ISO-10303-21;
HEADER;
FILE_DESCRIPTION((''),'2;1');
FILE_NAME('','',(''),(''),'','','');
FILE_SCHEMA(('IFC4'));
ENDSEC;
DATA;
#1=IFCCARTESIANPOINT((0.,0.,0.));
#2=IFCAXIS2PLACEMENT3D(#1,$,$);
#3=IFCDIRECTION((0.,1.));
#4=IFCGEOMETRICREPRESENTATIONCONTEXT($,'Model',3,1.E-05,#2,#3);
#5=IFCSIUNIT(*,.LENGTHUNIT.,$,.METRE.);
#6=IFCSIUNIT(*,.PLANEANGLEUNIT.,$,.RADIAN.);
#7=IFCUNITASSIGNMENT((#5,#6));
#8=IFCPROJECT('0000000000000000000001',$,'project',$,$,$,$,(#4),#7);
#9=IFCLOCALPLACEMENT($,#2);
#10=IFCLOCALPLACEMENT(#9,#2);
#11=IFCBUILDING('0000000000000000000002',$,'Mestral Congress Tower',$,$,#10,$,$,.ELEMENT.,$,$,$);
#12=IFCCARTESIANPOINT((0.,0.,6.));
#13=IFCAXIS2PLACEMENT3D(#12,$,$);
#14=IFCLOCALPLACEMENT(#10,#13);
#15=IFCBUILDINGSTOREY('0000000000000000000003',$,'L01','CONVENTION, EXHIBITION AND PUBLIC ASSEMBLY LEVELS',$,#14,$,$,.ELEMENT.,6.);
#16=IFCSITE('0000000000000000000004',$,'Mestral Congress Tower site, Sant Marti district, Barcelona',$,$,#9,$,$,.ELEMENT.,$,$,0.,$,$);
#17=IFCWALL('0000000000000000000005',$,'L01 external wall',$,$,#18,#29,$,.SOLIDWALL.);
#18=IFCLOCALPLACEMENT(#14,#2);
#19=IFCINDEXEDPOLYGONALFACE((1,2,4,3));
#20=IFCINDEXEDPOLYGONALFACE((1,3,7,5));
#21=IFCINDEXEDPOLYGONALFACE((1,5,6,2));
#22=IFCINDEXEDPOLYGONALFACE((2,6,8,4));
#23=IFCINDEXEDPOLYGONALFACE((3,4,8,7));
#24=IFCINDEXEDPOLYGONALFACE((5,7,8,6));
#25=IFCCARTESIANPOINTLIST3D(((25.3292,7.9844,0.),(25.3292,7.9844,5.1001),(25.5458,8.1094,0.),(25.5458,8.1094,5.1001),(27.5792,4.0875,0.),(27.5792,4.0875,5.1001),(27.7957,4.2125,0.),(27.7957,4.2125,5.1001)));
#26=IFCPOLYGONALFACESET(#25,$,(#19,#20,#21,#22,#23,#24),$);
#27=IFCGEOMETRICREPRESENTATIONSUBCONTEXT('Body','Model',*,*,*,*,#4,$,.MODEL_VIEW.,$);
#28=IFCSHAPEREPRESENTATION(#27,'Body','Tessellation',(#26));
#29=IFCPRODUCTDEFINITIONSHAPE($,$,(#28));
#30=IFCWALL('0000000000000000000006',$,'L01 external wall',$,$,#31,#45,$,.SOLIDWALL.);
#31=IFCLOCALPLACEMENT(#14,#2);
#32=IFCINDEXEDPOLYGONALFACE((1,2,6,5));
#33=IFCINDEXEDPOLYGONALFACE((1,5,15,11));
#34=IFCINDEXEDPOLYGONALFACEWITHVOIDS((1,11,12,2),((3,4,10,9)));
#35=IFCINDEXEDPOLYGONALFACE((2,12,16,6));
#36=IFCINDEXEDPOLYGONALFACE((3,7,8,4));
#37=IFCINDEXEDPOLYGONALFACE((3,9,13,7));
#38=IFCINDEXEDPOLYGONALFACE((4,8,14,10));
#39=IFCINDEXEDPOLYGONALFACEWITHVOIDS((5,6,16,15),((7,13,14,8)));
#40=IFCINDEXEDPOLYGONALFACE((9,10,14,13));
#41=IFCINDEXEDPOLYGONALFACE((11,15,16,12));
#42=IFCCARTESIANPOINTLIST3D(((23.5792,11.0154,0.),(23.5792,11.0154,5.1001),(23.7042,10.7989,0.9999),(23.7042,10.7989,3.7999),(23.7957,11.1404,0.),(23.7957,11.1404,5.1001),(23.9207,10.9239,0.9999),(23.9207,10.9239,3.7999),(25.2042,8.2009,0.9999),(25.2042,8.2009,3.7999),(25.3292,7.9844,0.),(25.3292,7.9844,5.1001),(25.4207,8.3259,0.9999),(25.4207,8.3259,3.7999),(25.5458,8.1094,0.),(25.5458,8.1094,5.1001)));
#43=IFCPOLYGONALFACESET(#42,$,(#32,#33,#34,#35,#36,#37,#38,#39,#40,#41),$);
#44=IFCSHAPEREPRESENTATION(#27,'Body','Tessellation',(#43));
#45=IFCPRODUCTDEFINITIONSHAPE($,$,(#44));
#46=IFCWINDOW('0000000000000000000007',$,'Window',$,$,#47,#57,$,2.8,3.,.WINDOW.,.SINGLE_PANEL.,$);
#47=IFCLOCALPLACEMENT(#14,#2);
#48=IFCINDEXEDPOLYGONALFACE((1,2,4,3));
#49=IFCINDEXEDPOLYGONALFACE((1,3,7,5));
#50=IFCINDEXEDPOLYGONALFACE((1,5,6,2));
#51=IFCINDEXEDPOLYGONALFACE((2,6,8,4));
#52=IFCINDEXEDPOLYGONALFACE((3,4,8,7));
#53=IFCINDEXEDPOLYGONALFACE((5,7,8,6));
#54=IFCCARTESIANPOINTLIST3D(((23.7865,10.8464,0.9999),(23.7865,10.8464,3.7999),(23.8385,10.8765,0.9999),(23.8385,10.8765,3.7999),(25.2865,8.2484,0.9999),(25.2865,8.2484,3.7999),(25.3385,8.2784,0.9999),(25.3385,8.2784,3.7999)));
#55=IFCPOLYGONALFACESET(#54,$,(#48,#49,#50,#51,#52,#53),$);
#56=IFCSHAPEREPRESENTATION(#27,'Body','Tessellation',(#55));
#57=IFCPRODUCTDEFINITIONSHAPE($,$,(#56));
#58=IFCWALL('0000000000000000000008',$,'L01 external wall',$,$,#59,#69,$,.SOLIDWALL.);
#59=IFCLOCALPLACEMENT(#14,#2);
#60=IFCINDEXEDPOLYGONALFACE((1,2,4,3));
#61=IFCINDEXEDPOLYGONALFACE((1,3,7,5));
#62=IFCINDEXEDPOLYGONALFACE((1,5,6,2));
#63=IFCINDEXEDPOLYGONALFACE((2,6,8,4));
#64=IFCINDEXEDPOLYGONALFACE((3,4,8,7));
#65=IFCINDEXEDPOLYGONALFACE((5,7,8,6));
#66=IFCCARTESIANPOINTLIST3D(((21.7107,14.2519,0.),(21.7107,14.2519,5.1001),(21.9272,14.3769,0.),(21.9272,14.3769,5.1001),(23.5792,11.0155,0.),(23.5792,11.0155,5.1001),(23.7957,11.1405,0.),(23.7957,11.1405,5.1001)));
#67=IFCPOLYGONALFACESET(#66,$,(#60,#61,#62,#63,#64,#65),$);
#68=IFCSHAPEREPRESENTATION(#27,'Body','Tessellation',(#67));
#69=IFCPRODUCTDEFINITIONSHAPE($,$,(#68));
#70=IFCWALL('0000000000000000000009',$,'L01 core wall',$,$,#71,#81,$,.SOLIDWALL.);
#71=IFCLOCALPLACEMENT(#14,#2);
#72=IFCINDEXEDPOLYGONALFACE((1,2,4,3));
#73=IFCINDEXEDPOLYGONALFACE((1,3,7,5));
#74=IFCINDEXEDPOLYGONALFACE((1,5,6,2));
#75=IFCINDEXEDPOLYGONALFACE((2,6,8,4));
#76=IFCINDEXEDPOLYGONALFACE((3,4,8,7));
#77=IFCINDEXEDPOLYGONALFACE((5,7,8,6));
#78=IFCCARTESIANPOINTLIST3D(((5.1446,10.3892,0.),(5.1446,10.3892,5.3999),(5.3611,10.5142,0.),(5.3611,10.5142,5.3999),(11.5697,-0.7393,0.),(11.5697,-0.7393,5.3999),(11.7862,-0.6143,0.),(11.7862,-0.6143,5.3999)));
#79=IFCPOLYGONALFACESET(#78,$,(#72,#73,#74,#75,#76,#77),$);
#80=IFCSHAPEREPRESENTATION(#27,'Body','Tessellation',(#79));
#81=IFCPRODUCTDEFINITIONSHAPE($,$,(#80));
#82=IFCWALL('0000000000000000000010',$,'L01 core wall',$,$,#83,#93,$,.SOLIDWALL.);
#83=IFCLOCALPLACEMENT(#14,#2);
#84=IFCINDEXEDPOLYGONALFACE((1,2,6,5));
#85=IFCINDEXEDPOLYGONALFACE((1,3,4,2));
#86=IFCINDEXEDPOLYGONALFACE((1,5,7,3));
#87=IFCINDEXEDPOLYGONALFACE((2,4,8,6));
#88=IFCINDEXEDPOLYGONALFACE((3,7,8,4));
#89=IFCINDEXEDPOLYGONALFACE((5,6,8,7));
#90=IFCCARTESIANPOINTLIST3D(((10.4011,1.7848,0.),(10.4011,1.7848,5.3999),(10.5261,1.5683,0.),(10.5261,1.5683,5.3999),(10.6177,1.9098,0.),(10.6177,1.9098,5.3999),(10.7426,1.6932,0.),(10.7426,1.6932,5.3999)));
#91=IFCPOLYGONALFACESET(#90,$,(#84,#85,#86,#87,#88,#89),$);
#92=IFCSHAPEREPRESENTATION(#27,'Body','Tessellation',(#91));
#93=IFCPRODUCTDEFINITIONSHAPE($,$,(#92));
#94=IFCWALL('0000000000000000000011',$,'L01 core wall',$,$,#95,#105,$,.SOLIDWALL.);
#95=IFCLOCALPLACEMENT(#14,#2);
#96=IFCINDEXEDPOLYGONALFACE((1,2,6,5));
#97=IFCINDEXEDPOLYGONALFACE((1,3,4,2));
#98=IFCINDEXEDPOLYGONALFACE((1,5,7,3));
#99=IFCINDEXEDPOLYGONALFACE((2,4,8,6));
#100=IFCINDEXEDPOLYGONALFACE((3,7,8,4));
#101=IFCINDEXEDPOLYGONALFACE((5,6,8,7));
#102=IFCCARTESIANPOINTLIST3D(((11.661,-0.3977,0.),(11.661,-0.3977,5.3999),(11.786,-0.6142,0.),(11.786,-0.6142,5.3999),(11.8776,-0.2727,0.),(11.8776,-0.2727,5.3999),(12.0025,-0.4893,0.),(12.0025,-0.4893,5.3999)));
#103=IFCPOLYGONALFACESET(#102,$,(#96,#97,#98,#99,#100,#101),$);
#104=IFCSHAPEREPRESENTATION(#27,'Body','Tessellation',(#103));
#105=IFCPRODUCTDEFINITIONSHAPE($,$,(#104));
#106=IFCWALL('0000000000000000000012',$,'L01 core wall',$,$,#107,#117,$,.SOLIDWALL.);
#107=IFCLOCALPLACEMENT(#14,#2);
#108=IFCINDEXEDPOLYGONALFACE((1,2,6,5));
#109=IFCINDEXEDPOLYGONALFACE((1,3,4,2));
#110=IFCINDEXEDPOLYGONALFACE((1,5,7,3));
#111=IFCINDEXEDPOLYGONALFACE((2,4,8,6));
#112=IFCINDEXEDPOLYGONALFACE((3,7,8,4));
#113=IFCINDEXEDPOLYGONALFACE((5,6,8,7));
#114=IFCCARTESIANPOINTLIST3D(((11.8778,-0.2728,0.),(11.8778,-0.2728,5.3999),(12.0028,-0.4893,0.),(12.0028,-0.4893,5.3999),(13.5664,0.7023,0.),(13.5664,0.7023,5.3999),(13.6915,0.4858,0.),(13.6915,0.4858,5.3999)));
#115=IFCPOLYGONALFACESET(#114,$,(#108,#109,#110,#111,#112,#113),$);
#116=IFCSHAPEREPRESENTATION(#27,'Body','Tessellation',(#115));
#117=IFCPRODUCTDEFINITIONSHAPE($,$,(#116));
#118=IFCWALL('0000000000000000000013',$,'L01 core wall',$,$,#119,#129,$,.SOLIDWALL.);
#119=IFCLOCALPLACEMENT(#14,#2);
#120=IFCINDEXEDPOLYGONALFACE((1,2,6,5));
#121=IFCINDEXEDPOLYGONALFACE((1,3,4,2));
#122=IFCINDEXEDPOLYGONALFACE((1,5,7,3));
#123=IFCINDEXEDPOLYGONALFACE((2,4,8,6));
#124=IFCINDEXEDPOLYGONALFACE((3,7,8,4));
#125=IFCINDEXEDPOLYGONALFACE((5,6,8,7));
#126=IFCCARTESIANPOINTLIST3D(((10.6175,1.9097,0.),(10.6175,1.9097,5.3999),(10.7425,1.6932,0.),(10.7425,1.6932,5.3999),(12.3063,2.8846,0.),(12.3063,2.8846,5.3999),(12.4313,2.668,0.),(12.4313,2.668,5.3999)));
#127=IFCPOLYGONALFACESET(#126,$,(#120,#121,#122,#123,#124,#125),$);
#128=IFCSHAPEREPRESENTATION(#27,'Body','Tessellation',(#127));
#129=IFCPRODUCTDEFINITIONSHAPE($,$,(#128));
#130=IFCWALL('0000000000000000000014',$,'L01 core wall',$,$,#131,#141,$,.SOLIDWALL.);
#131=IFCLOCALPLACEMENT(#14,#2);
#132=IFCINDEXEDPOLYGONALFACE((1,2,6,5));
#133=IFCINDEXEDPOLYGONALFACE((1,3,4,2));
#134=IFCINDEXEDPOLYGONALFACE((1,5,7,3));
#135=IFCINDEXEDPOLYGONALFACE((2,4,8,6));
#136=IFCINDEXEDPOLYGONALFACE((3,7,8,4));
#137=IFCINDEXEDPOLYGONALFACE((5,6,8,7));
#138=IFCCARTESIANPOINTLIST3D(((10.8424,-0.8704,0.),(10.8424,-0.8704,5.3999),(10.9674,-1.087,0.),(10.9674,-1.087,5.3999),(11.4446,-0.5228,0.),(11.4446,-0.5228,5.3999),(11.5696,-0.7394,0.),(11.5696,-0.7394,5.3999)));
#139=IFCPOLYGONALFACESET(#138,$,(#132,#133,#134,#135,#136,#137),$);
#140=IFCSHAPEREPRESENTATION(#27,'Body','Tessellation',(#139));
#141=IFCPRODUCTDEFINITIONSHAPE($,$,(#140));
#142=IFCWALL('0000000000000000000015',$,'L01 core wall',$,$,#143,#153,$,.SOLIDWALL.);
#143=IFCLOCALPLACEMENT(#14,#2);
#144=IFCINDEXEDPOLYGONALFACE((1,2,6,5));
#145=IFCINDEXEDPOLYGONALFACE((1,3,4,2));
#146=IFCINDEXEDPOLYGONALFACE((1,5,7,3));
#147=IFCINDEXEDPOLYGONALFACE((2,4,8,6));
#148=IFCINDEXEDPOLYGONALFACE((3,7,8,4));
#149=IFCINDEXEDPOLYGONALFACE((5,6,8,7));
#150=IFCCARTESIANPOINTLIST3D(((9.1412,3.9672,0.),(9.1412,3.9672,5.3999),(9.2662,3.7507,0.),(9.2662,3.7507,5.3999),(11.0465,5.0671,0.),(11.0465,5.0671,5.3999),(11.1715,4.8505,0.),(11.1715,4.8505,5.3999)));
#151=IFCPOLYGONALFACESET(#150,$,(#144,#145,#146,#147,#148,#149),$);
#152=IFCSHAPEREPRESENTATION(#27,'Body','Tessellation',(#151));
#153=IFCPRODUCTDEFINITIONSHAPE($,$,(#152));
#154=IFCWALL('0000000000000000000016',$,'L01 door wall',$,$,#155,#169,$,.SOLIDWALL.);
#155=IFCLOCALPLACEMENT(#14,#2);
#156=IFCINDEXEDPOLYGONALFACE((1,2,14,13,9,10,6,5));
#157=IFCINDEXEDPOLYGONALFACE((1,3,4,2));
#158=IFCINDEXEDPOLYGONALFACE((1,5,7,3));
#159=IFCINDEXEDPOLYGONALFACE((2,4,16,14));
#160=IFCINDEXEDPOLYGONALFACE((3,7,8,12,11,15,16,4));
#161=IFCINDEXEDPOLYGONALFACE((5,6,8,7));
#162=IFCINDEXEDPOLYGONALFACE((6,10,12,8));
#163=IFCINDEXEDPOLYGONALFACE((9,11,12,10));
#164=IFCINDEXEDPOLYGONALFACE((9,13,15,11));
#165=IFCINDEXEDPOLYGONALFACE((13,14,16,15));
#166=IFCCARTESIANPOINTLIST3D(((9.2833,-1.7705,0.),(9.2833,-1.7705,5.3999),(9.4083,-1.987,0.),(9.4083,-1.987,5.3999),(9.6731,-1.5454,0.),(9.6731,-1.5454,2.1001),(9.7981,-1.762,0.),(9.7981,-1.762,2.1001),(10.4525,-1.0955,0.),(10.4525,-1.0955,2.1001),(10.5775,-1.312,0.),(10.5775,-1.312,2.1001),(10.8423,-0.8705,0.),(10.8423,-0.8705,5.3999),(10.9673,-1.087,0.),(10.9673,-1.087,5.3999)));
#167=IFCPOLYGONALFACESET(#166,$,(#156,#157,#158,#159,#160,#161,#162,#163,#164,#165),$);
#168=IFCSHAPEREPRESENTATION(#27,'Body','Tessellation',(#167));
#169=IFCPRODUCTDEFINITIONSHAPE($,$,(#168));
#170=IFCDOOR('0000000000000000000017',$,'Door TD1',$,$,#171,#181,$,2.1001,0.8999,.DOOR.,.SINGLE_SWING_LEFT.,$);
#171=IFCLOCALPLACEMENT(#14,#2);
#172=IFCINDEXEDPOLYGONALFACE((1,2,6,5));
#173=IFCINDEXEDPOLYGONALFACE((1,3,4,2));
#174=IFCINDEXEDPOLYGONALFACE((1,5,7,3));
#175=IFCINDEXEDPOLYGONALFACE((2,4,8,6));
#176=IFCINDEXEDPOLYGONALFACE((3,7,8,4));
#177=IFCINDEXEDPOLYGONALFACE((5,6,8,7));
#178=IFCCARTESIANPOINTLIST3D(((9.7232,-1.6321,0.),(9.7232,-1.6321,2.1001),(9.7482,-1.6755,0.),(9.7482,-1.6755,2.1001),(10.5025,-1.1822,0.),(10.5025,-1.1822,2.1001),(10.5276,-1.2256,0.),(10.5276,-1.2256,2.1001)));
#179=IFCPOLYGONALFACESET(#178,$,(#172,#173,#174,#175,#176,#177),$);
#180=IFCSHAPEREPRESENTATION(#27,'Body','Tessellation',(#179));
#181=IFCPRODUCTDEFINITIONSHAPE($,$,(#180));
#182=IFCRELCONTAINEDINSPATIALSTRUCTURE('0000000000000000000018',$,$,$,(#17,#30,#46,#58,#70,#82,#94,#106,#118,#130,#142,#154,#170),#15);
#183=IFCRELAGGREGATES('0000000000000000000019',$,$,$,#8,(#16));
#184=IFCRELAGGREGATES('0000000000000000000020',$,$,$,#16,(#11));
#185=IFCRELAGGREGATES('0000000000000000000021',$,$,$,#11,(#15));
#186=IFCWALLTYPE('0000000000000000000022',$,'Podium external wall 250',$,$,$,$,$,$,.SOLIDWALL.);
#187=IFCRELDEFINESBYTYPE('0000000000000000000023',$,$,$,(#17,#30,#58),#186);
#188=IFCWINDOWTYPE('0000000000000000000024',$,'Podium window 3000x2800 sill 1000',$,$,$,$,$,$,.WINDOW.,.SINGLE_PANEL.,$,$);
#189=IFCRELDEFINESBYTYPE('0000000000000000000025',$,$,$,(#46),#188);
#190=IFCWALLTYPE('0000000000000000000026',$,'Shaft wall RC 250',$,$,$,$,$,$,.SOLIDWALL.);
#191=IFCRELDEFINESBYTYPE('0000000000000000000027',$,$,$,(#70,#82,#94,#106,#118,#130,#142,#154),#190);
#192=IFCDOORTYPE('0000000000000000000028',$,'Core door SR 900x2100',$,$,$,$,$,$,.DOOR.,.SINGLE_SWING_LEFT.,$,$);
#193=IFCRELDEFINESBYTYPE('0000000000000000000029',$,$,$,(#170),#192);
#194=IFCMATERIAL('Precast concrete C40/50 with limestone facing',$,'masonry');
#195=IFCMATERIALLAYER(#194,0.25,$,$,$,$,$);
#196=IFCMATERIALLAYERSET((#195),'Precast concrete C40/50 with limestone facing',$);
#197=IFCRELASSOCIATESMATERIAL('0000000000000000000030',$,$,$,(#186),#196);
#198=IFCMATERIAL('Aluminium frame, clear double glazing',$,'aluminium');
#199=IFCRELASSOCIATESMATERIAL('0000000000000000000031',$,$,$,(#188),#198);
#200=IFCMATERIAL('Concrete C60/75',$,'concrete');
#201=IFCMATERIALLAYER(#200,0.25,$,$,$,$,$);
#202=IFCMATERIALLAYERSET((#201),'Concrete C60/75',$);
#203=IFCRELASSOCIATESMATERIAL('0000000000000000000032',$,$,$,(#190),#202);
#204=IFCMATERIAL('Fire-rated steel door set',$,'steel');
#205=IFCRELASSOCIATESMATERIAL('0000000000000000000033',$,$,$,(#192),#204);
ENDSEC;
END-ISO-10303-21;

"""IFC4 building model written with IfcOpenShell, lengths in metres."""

from ifc_helpers import new_model, si_unit, direction, frame, frame_2d, origin, place, context, subcontext, project, spatial, rectangle, extrude, material, layer, layer_set, type_object, element, fill, save


model = new_model("IFC4")

# Units and contexts
model_context = context("Model", 3, precision=1e-05, world=origin(), true_north=direction((0.0, 1.0)))
body_context = subcontext(model_context, "Body", "Model", "MODEL_VIEW")
ifc_project = project(units=[si_unit("LENGTHUNIT", "METRE"), si_unit("PLANEANGLEUNIT", "RADIAN")], contexts=[model_context])

# Site, building, storey
site_placement = place(None, origin())
site = spatial("IfcSite", under=ifc_project, at=site_placement, Name="Mestral Congress Tower site, Sant Marti district, Barcelona", CompositionType="ELEMENT", RefElevation=0.0)
building_placement = place(site_placement, origin())
building = spatial("IfcBuilding", under=site, at=building_placement, Name="Mestral Congress Tower", CompositionType="ELEMENT")
storey_placement = place(building_placement, frame((0.0, 0.0, 6.0)))
storey = spatial("IfcBuildingStorey", under=building, at=storey_placement, Name="L01", Description="CONVENTION, EXHIBITION AND PUBLIC ASSEMBLY LEVELS", CompositionType="ELEMENT", Elevation=6.0)

# Shared definitions
ifc_material_1 = material(Name="Precast concrete C40/50 with limestone facing", Category="masonry")
ifc_layer_1 = layer(ifc_material_1, 0.25)
ifc_layer_set_1 = layer_set([ifc_layer_1], Name="Precast concrete C40/50 with limestone facing")
wall_type_1 = type_object("IfcWallType", Name="Podium external wall 250", PredefinedType="SOLIDWALL", material=ifc_layer_set_1)

# Shared definitions
ifc_material_2 = material(Name="Aluminium frame, clear double glazing", Category="aluminium")
window_type = type_object("IfcWindowType", Name="Podium window 3000x2800 sill 1000", PartitioningType="SINGLE_PANEL", PredefinedType="WINDOW", material=ifc_material_2)

# Wall
wall_1_placement = place(storey_placement, frame((27.6875, 4.1499, 0.0), z_axis=(0.0, 0.0, 1.0), x_axis=(-0.500014, 0.866018, 0.0)))
element("IfcWall", 1, at=wall_1_placement, inside=storey, type_object=wall_type_1, Name="L01 external wall", PredefinedType="SOLIDWALL", context=body_context, shape_type="SweptSolid", body=[
    extrude(rectangle(XDim=4.4998, YDim=0.25, at=frame_2d((2.25, 0.0))), origin(), (0.0, 0.0, 1.0), 5.1001),
])

# Wall, opening, window
wall_2_placement = place(storey_placement, frame((25.4375, 8.0469, 0.0), z_axis=(0.0, 0.0, 1.0), x_axis=(-0.50001, 0.866019, 0.0)))
wall_2 = element("IfcWall", 2, at=wall_2_placement, inside=storey, type_object=wall_type_1, Name="L01 external wall", PredefinedType="SOLIDWALL", context=body_context, shape_type="SweptSolid", body=[
    extrude(rectangle(XDim=3.5, YDim=0.25, at=frame_2d((1.75, 0.0))), origin(), (0.0, 0.0, 1.0), 5.1001),
])
opening_1_placement = place(wall_2_placement, frame((0.25, 0.0, 1.0)))
opening_1 = element("IfcOpeningElement", 3, at=opening_1_placement, cuts=wall_2, PredefinedType="OPENING", context=body_context, shape_type="SweptSolid", body=[
    extrude(rectangle(XDim=3.0, YDim=2.8, at=frame_2d((1.5, 1.3999))), frame((0.0, 0.135, 0.0), z_axis=(0.0, -1.0, 0.0), x_axis=(1.0, 0.0, 0.0)), (0.0, 0.0, 1.0), 0.27),
])
window_1_placement = place(opening_1_placement, origin())
window_1 = element("IfcWindow", 4, at=window_1_placement, inside=storey, type_object=window_type, Name="Window", OverallHeight=2.8, OverallWidth=3.0, PartitioningType="SINGLE_PANEL", PredefinedType="WINDOW", context=body_context, shape_type="SweptSolid", body=[
    extrude(rectangle(XDim=3.0, YDim=2.8, at=frame_2d((1.5, 1.3999))), frame((0.0, 0.03, 0.0), z_axis=(0.0, -1.0, 0.0), x_axis=(1.0, 0.0, 0.0)), (0.0, 0.0, 1.0), 0.0601),
])
fill(opening_1, window_1)

# Walls
wall_3_placement = place(storey_placement, frame((23.6875, 11.0779, 0.0), z_axis=(0.0, 0.0, 1.0), x_axis=(-0.499983, 0.866035, 0.0)))
element("IfcWall", 5, at=wall_3_placement, inside=storey, type_object=wall_type_1, Name="L01 external wall", PredefinedType="SOLIDWALL", context=body_context, shape_type="SweptSolid", body=[
    extrude(rectangle(XDim=3.7371, YDim=0.25, at=frame_2d((1.8687, 0.0))), origin(), (0.0, 0.0, 1.0), 5.1001),
])
ifc_material_3 = material(Name="Concrete C60/75", Category="concrete")
ifc_layer_2 = layer(ifc_material_3, 0.25)
ifc_layer_set_2 = layer_set([ifc_layer_2], Name="Concrete C60/75")
wall_type_2 = type_object("IfcWallType", Name="Shaft wall RC 250", PredefinedType="SOLIDWALL", material=ifc_layer_set_2)
wall_4_placement = place(storey_placement, frame((11.678, -0.6768, 0.0), z_axis=(0.0, 0.0, 1.0), x_axis=(-0.500003, 0.866024, 0.0)))
element("IfcWall", 6, at=wall_4_placement, inside=storey, type_object=wall_type_2, Name="L01 core wall", PredefinedType="SOLIDWALL", context=body_context, shape_type="SweptSolid", body=[
    extrude(rectangle(XDim=12.8501, YDim=0.25, at=frame_2d((6.425, 0.0))), origin(), (0.0, 0.0, 1.0), 5.3999),
])
for number, where, z_axis, x_axis, name in (
    (7, (10.4636, 1.6765, 0.0), (0.0, 0.0, 1.0), (0.866072, 0.49992, 0.0), "L01 core wall"),
    (8, (11.8943, -0.5518, 0.0), (0.0, 0.0, 1.0), (-0.49992, 0.866072, 0.0), "L01 core wall"),
):
    element("IfcWall", number, at=place(storey_placement, frame(where, z_axis=z_axis, x_axis=x_axis)), inside=storey, type_object=wall_type_2, Name=name, PredefinedType="SOLIDWALL", context=body_context, shape_type="SweptSolid", body=[
        extrude(rectangle(XDim=0.25, YDim=0.25, at=frame_2d((0.125, 0.0))), origin(), (0.0, 0.0, 1.0), 5.3999),
    ])
for number, where, z_axis, x_axis, name in (
    (9, (11.9402, -0.3811, 0.0), (0.0, 0.0, 1.0), (0.866, 0.500044, 0.0), "L01 core wall"),
    (10, (12.3689, 2.7764, 0.0), (0.0, 0.0, 1.0), (-0.866054, -0.49995, 0.0), "L01 core wall"),
):
    element("IfcWall", number, at=place(storey_placement, frame(where, z_axis=z_axis, x_axis=x_axis)), inside=storey, type_object=wall_type_2, Name=name, PredefinedType="SOLIDWALL", context=body_context, shape_type="SweptSolid", body=[
        extrude(rectangle(XDim=1.95, YDim=0.25, at=frame_2d((0.9751, 0.0))), origin(), (0.0, 0.0, 1.0), 5.3999),
    ])
wall_5_placement = place(storey_placement, frame((11.5071, -0.6311, 0.0), z_axis=(0.0, 0.0, 1.0), x_axis=(-0.866075, -0.499915, 0.0)))
element("IfcWall", 11, at=wall_5_placement, inside=storey, type_object=wall_type_2, Name="L01 core wall", PredefinedType="SOLIDWALL", context=body_context, shape_type="SweptSolid", body=[
    extrude(rectangle(XDim=0.6953, YDim=0.25, at=frame_2d((0.3477, 0.0))), origin(), (0.0, 0.0, 1.0), 5.3999),
])
wall_6_placement = place(storey_placement, frame((9.2036, 3.8589, 0.0), z_axis=(0.0, 0.0, 1.0), x_axis=(0.866056, 0.499947, 0.0)))
element("IfcWall", 12, at=wall_6_placement, inside=storey, type_object=wall_type_2, Name="L01 core wall", PredefinedType="SOLIDWALL", context=body_context, shape_type="SweptSolid", body=[
    extrude(rectangle(XDim=2.2, YDim=0.25, at=frame_2d((1.1001, 0.0))), origin(), (0.0, 0.0, 1.0), 5.3999),
])

# Wall, opening, door
wall_7_placement = place(storey_placement, frame((9.3459, -1.8787, 0.0), z_axis=(0.0, 0.0, 1.0), x_axis=(0.866048, 0.499961, 0.0)))
wall_7 = element("IfcWall", 13, at=wall_7_placement, inside=storey, type_object=wall_type_2, Name="L01 door wall", PredefinedType="SOLIDWALL", context=body_context, shape_type="SweptSolid", body=[
    extrude(rectangle(XDim=1.8, YDim=0.25, at=frame_2d((0.8999, 0.0))), origin(), (0.0, 0.0, 1.0), 5.3999),
])
opening_2_placement = place(wall_7_placement, frame((0.45, 0.0, 0.0)))
opening_2 = element("IfcOpeningElement", 14, at=opening_2_placement, cuts=wall_7, PredefinedType="OPENING", context=body_context, shape_type="SweptSolid", body=[
    extrude(rectangle(XDim=0.8999, YDim=2.1001, at=frame_2d((0.45, 1.05))), frame((0.0, 0.135, 0.0), z_axis=(0.0, -1.0, 0.0), x_axis=(1.0, 0.0, 0.0)), (0.0, 0.0, 1.0), 0.27),
])
ifc_material_4 = material(Name="Fire-rated steel door set", Category="steel")
door_type = type_object("IfcDoorType", Name="Core door SR 900x2100", OperationType="SINGLE_SWING_LEFT", PredefinedType="DOOR", material=ifc_material_4)
door_placement = place(opening_2_placement, origin())
door = element("IfcDoor", 15, at=door_placement, inside=storey, type_object=door_type, Name="Door TD1", OperationType="SINGLE_SWING_LEFT", OverallHeight=2.1001, OverallWidth=0.8999, PredefinedType="DOOR", context=body_context, shape_type="SweptSolid", body=[
    extrude(rectangle(XDim=0.8999, YDim=2.1001, at=frame_2d((0.45, 1.05))), frame((0.0, 0.0249, 0.0), z_axis=(0.0, -1.0, 0.0), x_axis=(1.0, 0.0, 0.0)), (0.0, 0.0, 1.0), 0.05),
])
fill(opening_2, door)

save(model, "model.ifc")
